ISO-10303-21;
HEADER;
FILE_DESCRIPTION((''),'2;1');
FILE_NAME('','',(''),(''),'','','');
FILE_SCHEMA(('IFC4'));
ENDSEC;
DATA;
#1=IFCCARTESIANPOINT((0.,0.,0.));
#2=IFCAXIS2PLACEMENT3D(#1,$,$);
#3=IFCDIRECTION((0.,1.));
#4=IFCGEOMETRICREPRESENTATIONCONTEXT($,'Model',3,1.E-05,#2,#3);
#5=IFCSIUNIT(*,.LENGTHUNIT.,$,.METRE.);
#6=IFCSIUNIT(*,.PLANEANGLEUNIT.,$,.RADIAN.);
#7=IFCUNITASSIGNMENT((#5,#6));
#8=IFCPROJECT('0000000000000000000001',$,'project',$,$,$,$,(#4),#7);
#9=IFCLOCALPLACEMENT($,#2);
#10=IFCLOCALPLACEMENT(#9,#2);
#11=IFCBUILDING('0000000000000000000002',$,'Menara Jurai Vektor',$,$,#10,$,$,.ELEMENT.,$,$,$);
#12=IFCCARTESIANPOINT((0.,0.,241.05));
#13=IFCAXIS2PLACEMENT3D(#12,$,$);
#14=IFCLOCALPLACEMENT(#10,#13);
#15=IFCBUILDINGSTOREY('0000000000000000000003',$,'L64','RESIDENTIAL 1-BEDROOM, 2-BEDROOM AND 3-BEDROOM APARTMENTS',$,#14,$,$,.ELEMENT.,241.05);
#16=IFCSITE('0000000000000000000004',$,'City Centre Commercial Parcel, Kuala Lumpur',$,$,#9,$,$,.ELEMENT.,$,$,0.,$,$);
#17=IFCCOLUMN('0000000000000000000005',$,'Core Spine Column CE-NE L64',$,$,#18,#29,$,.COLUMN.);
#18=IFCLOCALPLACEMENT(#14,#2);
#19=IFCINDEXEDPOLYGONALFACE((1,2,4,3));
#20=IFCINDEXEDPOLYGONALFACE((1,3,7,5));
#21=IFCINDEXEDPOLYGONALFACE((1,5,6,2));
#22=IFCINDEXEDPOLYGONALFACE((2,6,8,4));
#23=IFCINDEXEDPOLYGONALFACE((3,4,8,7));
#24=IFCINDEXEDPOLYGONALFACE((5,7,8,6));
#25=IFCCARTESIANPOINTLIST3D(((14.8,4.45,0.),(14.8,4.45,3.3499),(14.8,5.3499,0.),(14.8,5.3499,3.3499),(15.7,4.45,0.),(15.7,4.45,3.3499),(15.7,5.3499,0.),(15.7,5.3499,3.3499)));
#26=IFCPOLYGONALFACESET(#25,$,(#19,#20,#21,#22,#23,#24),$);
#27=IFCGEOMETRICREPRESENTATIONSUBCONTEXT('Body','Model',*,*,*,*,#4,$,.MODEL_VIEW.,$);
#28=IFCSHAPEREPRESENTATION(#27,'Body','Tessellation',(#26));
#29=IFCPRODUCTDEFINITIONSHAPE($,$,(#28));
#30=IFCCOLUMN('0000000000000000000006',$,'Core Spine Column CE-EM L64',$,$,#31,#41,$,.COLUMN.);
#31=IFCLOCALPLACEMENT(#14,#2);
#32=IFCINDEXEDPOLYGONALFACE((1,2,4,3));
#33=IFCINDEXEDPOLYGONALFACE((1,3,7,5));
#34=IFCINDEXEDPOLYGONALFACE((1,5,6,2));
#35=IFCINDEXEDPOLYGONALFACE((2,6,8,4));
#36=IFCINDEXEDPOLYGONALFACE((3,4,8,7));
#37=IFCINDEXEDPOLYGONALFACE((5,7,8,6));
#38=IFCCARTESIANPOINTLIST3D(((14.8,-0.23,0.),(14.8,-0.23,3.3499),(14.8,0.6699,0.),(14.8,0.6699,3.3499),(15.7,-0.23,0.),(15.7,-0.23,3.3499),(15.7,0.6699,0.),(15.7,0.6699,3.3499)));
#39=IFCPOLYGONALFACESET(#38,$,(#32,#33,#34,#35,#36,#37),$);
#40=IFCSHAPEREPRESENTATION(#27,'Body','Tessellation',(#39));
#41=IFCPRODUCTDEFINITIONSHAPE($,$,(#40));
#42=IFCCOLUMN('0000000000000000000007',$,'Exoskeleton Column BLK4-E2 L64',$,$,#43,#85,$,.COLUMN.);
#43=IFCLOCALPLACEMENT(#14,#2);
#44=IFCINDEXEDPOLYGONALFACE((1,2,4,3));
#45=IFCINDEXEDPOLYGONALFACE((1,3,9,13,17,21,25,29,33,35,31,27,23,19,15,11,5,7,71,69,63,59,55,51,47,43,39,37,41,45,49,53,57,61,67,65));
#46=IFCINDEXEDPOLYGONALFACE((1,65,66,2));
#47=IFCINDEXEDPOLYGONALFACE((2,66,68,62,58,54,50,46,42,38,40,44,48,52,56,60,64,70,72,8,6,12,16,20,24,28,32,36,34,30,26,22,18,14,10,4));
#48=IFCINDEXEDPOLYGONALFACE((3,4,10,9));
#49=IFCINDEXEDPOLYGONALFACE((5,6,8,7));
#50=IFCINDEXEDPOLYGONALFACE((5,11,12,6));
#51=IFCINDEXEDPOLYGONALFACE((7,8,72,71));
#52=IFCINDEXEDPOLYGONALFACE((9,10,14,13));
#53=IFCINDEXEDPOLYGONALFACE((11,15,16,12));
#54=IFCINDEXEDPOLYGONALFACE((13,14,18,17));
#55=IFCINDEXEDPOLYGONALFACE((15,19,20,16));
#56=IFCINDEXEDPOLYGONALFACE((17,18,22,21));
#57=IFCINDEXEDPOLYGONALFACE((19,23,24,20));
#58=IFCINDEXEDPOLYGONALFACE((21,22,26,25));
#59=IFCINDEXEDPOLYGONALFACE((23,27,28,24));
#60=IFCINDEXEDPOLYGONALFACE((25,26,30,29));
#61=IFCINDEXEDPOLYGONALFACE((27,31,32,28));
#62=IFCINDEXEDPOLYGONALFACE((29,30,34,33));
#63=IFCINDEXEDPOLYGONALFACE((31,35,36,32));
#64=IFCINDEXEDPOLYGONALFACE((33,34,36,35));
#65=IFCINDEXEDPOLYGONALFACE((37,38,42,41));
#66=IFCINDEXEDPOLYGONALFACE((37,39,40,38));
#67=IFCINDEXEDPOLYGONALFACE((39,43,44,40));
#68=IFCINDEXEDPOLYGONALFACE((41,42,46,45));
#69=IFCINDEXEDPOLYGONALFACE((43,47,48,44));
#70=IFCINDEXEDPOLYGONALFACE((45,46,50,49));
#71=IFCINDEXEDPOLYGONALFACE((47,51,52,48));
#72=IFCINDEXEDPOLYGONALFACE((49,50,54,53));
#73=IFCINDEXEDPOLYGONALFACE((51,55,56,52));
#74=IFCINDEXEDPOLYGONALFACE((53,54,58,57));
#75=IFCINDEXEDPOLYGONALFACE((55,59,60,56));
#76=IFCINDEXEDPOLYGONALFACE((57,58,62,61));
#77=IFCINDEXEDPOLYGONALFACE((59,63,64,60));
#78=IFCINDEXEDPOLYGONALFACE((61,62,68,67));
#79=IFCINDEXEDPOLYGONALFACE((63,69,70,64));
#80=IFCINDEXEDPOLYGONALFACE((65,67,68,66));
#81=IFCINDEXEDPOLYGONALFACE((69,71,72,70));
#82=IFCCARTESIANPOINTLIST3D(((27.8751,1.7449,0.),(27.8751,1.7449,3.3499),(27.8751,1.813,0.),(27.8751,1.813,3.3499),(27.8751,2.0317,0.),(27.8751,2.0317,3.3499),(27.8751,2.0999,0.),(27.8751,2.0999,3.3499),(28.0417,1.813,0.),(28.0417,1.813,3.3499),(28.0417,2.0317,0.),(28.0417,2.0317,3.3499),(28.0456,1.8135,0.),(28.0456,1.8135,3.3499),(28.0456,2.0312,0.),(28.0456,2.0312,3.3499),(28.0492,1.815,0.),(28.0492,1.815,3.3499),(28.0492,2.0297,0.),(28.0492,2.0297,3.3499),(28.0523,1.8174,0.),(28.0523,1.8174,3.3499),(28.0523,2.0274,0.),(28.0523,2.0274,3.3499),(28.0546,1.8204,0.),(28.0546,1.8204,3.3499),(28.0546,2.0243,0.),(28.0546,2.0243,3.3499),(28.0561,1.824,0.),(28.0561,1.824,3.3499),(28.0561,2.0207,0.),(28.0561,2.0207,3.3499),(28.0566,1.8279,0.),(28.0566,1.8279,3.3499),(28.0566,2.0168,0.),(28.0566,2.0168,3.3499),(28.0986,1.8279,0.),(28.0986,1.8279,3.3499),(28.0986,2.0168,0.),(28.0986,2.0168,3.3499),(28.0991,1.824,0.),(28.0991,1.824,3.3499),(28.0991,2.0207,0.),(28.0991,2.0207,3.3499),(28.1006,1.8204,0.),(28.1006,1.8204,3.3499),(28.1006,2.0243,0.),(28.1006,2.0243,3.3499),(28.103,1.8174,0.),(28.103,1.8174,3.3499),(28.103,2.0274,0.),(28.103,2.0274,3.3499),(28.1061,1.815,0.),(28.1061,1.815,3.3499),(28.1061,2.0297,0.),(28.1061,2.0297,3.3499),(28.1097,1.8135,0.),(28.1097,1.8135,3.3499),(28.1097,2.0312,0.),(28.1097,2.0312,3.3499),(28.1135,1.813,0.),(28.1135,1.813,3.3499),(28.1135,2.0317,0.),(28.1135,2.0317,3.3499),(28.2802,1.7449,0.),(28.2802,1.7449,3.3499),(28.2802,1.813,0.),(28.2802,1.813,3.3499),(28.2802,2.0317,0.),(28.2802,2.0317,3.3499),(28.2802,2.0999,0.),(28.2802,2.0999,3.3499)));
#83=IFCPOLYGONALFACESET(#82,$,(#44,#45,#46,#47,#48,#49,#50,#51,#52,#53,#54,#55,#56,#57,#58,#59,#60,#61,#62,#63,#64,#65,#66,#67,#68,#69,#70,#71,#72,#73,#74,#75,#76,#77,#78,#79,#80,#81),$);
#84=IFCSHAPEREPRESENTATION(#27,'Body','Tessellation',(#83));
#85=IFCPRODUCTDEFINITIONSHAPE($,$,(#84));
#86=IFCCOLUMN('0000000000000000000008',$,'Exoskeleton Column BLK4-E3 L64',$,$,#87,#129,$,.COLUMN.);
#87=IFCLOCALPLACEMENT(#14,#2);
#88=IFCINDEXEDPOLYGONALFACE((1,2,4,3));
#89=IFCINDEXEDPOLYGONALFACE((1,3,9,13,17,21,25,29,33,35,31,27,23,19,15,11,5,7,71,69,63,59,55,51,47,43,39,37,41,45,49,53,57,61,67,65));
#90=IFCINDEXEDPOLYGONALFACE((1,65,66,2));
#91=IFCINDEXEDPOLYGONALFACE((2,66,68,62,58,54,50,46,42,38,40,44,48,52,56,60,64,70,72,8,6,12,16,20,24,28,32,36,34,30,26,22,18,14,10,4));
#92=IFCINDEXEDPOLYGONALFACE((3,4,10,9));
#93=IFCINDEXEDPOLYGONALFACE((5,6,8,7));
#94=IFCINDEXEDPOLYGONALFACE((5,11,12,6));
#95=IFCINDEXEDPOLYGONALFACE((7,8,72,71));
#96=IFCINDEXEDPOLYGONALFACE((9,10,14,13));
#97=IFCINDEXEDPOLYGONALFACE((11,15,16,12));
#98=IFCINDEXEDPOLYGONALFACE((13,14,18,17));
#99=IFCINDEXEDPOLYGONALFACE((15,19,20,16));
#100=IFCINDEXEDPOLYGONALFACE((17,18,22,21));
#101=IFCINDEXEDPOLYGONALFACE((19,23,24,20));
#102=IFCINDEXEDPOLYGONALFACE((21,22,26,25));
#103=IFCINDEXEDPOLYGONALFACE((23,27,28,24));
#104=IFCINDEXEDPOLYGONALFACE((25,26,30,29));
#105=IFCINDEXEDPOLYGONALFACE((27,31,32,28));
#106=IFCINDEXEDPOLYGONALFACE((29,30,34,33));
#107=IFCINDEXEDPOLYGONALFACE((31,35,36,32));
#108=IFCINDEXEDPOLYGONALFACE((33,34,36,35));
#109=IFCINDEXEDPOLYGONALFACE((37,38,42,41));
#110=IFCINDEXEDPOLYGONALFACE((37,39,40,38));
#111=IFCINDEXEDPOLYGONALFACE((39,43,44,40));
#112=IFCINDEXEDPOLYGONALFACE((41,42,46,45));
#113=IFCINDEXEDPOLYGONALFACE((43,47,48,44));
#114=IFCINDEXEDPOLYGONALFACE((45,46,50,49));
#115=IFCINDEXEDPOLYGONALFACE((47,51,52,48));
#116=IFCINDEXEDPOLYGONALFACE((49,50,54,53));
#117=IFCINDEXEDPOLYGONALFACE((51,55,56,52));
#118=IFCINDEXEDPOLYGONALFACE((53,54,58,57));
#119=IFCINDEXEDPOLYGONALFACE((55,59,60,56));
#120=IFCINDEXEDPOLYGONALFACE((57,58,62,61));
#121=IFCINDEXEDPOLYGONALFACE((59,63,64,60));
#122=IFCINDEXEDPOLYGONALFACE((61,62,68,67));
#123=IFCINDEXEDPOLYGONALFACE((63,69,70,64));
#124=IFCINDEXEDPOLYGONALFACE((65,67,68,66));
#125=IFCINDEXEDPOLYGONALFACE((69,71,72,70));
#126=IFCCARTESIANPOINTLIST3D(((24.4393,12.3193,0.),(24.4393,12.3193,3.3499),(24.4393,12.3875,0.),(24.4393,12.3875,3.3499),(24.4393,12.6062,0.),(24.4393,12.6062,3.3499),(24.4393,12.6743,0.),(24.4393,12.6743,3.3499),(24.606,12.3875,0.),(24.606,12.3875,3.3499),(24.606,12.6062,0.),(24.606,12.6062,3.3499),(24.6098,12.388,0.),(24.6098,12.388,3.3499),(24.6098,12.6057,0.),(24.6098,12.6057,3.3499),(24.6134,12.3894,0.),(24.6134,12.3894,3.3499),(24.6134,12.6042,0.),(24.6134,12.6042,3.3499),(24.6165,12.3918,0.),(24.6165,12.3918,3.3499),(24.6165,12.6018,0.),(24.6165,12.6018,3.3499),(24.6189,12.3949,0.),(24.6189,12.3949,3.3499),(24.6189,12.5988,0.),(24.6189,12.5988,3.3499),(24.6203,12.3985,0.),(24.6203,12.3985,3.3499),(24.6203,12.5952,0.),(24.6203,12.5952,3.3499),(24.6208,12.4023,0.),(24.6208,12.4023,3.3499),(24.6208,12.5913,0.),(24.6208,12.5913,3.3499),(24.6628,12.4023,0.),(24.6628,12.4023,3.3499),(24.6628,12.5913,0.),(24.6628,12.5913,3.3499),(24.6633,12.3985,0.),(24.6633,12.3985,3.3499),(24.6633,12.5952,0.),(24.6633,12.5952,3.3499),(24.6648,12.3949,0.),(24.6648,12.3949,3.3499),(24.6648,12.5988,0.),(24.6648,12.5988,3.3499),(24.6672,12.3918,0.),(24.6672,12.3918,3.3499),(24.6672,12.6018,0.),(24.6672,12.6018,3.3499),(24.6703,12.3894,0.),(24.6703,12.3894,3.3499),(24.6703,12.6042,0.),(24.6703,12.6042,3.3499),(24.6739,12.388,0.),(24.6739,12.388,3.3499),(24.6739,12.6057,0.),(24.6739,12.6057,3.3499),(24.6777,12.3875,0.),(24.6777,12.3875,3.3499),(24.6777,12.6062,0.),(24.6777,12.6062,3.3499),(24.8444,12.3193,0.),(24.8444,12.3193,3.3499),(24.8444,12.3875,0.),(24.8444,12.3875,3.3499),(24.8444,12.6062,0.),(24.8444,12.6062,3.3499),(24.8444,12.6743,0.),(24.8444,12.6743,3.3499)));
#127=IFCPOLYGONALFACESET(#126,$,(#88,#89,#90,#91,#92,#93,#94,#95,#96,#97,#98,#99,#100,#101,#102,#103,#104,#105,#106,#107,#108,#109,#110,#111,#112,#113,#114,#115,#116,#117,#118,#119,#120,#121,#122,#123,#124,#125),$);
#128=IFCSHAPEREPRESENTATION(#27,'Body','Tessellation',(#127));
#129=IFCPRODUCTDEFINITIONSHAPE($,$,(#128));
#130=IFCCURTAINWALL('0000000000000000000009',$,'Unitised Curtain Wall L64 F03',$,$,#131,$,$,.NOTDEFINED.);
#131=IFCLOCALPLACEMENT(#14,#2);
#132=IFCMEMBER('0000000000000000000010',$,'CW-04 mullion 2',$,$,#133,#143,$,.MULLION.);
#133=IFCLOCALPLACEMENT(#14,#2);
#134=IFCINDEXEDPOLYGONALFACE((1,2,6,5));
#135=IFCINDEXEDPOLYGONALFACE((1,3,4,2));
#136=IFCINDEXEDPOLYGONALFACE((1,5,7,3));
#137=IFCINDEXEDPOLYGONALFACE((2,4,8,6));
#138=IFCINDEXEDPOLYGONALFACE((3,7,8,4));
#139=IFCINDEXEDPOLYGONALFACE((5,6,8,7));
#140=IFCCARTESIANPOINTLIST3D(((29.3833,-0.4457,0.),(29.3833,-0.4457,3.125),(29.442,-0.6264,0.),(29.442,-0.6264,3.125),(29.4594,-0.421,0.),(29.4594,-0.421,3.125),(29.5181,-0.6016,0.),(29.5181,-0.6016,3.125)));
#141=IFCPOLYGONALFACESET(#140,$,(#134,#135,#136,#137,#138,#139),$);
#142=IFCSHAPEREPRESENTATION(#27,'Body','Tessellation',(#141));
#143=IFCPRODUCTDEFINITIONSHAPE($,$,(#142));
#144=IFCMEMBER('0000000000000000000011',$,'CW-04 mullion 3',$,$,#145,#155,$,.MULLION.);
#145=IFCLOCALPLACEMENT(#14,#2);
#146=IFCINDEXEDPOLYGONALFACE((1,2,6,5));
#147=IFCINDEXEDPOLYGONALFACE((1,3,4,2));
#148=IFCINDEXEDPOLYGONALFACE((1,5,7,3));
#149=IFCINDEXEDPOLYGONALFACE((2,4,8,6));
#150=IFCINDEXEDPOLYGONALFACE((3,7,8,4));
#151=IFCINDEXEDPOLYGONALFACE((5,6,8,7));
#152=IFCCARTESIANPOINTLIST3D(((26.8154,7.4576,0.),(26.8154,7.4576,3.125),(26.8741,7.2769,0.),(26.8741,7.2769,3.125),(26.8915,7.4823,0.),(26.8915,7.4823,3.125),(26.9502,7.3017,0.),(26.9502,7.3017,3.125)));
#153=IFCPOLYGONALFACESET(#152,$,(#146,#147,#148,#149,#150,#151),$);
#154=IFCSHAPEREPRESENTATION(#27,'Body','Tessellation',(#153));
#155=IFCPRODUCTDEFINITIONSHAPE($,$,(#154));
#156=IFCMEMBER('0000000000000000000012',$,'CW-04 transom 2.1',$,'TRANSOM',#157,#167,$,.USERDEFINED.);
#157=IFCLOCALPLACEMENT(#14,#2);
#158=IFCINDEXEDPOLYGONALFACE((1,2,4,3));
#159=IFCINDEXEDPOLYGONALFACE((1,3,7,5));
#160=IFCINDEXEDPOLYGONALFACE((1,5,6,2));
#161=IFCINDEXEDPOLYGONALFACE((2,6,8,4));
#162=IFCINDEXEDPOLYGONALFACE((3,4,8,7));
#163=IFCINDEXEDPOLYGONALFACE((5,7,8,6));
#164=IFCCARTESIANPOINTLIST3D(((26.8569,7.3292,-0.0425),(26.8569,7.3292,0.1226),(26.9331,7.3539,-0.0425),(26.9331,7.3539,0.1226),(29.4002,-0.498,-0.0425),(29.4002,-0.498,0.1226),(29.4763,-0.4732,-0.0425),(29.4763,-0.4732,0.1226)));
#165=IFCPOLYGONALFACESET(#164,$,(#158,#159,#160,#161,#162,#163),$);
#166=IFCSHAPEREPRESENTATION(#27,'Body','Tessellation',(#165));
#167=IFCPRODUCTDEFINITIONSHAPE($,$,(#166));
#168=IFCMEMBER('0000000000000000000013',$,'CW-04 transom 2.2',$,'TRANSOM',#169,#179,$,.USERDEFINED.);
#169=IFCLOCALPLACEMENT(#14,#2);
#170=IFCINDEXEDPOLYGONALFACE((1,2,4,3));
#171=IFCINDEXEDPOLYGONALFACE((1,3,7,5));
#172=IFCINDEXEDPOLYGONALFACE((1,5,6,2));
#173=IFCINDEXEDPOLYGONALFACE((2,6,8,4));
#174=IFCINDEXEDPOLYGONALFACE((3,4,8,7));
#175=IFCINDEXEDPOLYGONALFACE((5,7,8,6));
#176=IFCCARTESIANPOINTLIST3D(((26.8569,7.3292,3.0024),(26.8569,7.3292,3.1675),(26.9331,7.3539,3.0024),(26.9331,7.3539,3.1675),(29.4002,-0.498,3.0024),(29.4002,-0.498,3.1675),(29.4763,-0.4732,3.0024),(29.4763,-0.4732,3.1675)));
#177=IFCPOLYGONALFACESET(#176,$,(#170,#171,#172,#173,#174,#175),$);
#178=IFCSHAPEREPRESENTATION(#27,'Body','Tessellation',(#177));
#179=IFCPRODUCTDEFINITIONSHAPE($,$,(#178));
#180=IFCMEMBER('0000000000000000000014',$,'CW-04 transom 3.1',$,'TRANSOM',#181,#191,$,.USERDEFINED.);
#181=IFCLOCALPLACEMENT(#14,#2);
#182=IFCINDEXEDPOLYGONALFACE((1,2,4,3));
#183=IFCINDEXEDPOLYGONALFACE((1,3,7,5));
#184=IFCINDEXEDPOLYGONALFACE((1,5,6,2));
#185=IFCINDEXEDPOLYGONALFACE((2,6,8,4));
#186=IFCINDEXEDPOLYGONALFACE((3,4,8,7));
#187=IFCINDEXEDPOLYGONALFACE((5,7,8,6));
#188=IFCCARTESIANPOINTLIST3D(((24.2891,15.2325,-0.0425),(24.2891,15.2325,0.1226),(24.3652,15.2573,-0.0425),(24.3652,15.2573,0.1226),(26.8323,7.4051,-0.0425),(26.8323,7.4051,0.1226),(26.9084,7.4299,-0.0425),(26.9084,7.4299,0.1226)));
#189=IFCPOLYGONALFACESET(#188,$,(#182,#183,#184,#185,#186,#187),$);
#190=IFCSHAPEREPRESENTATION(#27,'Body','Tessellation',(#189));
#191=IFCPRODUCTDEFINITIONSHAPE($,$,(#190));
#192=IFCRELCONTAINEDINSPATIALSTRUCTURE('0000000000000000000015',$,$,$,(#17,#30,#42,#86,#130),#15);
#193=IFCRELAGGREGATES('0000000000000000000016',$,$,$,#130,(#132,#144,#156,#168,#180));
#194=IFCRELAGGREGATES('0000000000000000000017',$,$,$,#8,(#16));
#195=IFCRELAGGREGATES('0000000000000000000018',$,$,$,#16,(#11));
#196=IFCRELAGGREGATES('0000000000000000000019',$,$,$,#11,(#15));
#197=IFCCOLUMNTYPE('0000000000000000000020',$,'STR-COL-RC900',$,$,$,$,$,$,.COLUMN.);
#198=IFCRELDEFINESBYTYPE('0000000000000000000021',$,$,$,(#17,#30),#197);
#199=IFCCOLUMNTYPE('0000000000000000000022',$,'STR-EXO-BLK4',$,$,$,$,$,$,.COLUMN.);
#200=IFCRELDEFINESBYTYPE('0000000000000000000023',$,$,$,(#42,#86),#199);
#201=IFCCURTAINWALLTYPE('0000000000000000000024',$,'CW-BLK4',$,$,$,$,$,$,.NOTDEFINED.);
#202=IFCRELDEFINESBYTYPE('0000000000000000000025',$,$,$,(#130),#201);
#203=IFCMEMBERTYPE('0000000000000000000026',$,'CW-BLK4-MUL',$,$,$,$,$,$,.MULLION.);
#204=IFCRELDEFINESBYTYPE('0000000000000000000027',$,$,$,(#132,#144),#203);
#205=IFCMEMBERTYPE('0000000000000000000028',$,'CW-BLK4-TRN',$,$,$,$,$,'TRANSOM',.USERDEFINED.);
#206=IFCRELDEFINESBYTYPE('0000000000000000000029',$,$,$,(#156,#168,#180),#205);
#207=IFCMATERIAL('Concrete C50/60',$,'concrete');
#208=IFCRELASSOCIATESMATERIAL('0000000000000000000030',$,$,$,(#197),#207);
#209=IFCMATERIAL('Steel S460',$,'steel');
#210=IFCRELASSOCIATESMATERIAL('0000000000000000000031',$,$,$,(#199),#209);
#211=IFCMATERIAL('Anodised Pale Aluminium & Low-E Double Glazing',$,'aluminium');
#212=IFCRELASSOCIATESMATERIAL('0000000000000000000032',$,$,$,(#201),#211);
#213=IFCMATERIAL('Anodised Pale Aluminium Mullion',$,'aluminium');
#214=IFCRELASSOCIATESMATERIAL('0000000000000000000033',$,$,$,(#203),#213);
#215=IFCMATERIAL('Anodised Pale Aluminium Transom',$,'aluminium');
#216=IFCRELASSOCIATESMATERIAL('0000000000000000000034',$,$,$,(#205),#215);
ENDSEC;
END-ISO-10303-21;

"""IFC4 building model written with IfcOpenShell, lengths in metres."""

from ifc_helpers import new_model, si_unit, direction, frame, origin, origin_2d, place, context, subcontext, project, spatial, rectangle, i_section, extrude, material, material_profile, profile_set, type_object, element, aggregate, save


model = new_model("IFC4")

# Units and contexts
model_context = context("Model", 3, precision=1e-05, world=origin(), true_north=direction((0.0, 1.0)))
body_context = subcontext(model_context, "Body", "Model", "MODEL_VIEW")
ifc_project = project(units=[si_unit("LENGTHUNIT", "METRE"), si_unit("PLANEANGLEUNIT", "RADIAN")], contexts=[model_context])

# Site, building, storey
site_placement = place(None, origin())
site = spatial("IfcSite", under=ifc_project, at=site_placement, Name="City Centre Commercial Parcel, Kuala Lumpur", CompositionType="ELEMENT", RefElevation=0.0)
building_placement = place(site_placement, origin())
building = spatial("IfcBuilding", under=site, at=building_placement, Name="Menara Jurai Vektor", CompositionType="ELEMENT")
storey_placement = place(building_placement, frame((0.0, 0.0, 241.05)))
storey = spatial("IfcBuildingStorey", under=building, at=storey_placement, Name="L64", Description="RESIDENTIAL 1-BEDROOM, 2-BEDROOM AND 3-BEDROOM APARTMENTS", CompositionType="ELEMENT", Elevation=241.05)

# Columns
ifc_material_1 = material(Name="Concrete C50/60", Category="concrete")
ifc_material_profile_1 = material_profile(ifc_material_1, rectangle(XDim=0.8999, YDim=0.8999, at=origin_2d()), Name="RC 900x900")
ifc_profile_set_1 = profile_set([ifc_material_profile_1], Name="Concrete C50/60")
column_type_1 = type_object("IfcColumnType", Name="STR-COL-RC900", PredefinedType="COLUMN", material=ifc_profile_set_1)
for number, where, z_axis, x_axis, name in (
    (1, (15.25, 4.8999, 0.0), (0.0, 0.0, 1.0), (1.0, 0.0, 0.0), "Core Spine Column CE-NE L64"),
    (2, (15.25, 0.22, 0.0), (0.0, 0.0, 1.0), (1.0, 0.0, 0.0), "Core Spine Column CE-EM L64"),
):
    element("IfcColumn", number, at=place(storey_placement, frame(where, z_axis=z_axis, x_axis=x_axis)), inside=storey, type_object=column_type_1, Name=name, PredefinedType="COLUMN", context=body_context, shape_type="SweptSolid", body=[
        extrude(rectangle(XDim=0.8999, YDim=0.8999, at=origin_2d()), origin(), (0.0, 0.0, 1.0), 3.3499),
    ])
ifc_material_2 = material(Name="Steel S460", Category="steel")
ifc_material_profile_2 = material_profile(ifc_material_2, i_section(OverallWidth=0.405, OverallDepth=0.355, WebThickness=0.042, FlangeThickness=0.0681, FilletRadius=0.0149, at=origin_2d()), Name="HD 400x551")
ifc_profile_set_2 = profile_set([ifc_material_profile_2], Name="Steel S460")
column_type_2 = type_object("IfcColumnType", Name="STR-EXO-BLK4", PredefinedType="COLUMN", material=ifc_profile_set_2)
for number, where, z_axis, x_axis, name in (
    (3, (28.0776, 1.9224, 0.0), (0.0, 0.0, 1.0), (1.0, 0.0, 0.0), "Exoskeleton Column BLK4-E2 L64"),
    (4, (24.6418, 12.4968, 0.0), (0.0, 0.0, 1.0), (1.0, 0.0, 0.0), "Exoskeleton Column BLK4-E3 L64"),
):
    element("IfcColumn", number, at=place(storey_placement, frame(where, z_axis=z_axis, x_axis=x_axis)), inside=storey, type_object=column_type_2, Name=name, PredefinedType="COLUMN", context=body_context, shape_type="SweptSolid", body=[
        extrude(i_section(OverallWidth=0.405, OverallDepth=0.355, WebThickness=0.042, FlangeThickness=0.0681, FilletRadius=0.0149, at=origin_2d()), origin(), (0.0, 0.0, 1.0), 3.3499),
    ])

# Curtain wall, members
ifc_material_3 = material(Name="Anodised Pale Aluminium & Low-E Double Glazing", Category="aluminium")
curtain_wall_type = type_object("IfcCurtainWallType", Name="CW-BLK4", PredefinedType="NOTDEFINED", material=ifc_material_3)
curtain_wall_placement = place(storey_placement, origin())
curtain_wall = element("IfcCurtainWall", 5, at=curtain_wall_placement, inside=storey, type_object=curtain_wall_type, Name="Unitised Curtain Wall L64 F03", PredefinedType="NOTDEFINED")
ifc_material_4 = material(Name="Anodised Pale Aluminium Mullion", Category="aluminium")
ifc_material_profile_3 = material_profile(ifc_material_4, rectangle(XDim=0.0801, YDim=0.1899, at=origin_2d()), Name="ALU MUL 80x190")
ifc_profile_set_3 = profile_set([ifc_material_profile_3], Name="Anodised Pale Aluminium Mullion")
member_type_1 = type_object("IfcMemberType", Name="CW-BLK4-MUL", PredefinedType="MULLION", material=ifc_profile_set_3)
member_1_placement = place(storey_placement, frame((29.4507, -0.5237, 0.0), z_axis=(0.0, 0.0, 1.0), x_axis=(-0.951057, -0.309016, 0.0)))
member_1 = element("IfcMember", 6, at=member_1_placement, type_object=member_type_1, Name="CW-04 mullion 2", PredefinedType="MULLION", context=body_context, shape_type="SweptSolid", body=[
    extrude(rectangle(XDim=0.0801, YDim=0.1899, at=origin_2d()), origin(), (0.0, 0.0, 1.0), 3.125),
])
member_2_placement = place(storey_placement, frame((26.8828, 7.3796, 0.0), z_axis=(0.0, 0.0, 1.0), x_axis=(-0.951057, -0.309016, 0.0)))
member_2 = element("IfcMember", 7, at=member_2_placement, type_object=member_type_1, Name="CW-04 mullion 3", PredefinedType="MULLION", context=body_context, shape_type="SweptSolid", body=[
    extrude(rectangle(XDim=0.0801, YDim=0.1899, at=origin_2d()), origin(), (0.0, 0.0, 1.0), 3.125),
])
ifc_material_5 = material(Name="Anodised Pale Aluminium Transom", Category="aluminium")
ifc_material_profile_4 = material_profile(ifc_material_5, rectangle(XDim=0.0801, YDim=0.165, at=origin_2d()), Name="ALU TRN 80x165")
ifc_profile_set_4 = profile_set([ifc_material_profile_4], Name="Anodised Pale Aluminium Transom")
member_type_2 = type_object("IfcMemberType", Name="CW-BLK4-TRN", ElementType="TRANSOM", PredefinedType="USERDEFINED", material=ifc_profile_set_4)
member_3_placement = place(storey_placement, frame((29.4382, -0.4856, 0.04), z_axis=(-0.309019, 0.951056, 0.0), x_axis=(-0.951056, -0.309019, 0.0)))
member_3 = element("IfcMember", 8, at=member_3_placement, type_object=member_type_2, Name="CW-04 transom 2.1", ObjectType="TRANSOM", PredefinedType="USERDEFINED", context=body_context, shape_type="SweptSolid", body=[
    extrude(rectangle(XDim=0.0801, YDim=0.165, at=origin_2d()), origin(), (0.0, 0.0, 1.0), 8.23),
])
member_4_placement = place(storey_placement, frame((29.4382, -0.4856, 3.085), z_axis=(-0.309019, 0.951056, 0.0), x_axis=(-0.951056, -0.309019, 0.0)))
member_4 = element("IfcMember", 9, at=member_4_placement, type_object=member_type_2, Name="CW-04 transom 2.2", ObjectType="TRANSOM", PredefinedType="USERDEFINED", context=body_context, shape_type="SweptSolid", body=[
    extrude(rectangle(XDim=0.0801, YDim=0.165, at=origin_2d()), origin(), (0.0, 0.0, 1.0), 8.23),
])
member_5_placement = place(storey_placement, frame((26.8704, 7.4175, 0.04), z_axis=(-0.30901, 0.951059, 0.0), x_axis=(-0.951059, -0.30901, 0.0)))
member_5 = element("IfcMember", 10, at=member_5_placement, type_object=member_type_2, Name="CW-04 transom 3.1", ObjectType="TRANSOM", PredefinedType="USERDEFINED", context=body_context, shape_type="SweptSolid", body=[
    extrude(rectangle(XDim=0.0801, YDim=0.165, at=origin_2d()), origin(), (0.0, 0.0, 1.0), 8.2302),
])

aggregate(curtain_wall, [member_1, member_2, member_3, member_4, member_5])

save(model, "model.ifc")
